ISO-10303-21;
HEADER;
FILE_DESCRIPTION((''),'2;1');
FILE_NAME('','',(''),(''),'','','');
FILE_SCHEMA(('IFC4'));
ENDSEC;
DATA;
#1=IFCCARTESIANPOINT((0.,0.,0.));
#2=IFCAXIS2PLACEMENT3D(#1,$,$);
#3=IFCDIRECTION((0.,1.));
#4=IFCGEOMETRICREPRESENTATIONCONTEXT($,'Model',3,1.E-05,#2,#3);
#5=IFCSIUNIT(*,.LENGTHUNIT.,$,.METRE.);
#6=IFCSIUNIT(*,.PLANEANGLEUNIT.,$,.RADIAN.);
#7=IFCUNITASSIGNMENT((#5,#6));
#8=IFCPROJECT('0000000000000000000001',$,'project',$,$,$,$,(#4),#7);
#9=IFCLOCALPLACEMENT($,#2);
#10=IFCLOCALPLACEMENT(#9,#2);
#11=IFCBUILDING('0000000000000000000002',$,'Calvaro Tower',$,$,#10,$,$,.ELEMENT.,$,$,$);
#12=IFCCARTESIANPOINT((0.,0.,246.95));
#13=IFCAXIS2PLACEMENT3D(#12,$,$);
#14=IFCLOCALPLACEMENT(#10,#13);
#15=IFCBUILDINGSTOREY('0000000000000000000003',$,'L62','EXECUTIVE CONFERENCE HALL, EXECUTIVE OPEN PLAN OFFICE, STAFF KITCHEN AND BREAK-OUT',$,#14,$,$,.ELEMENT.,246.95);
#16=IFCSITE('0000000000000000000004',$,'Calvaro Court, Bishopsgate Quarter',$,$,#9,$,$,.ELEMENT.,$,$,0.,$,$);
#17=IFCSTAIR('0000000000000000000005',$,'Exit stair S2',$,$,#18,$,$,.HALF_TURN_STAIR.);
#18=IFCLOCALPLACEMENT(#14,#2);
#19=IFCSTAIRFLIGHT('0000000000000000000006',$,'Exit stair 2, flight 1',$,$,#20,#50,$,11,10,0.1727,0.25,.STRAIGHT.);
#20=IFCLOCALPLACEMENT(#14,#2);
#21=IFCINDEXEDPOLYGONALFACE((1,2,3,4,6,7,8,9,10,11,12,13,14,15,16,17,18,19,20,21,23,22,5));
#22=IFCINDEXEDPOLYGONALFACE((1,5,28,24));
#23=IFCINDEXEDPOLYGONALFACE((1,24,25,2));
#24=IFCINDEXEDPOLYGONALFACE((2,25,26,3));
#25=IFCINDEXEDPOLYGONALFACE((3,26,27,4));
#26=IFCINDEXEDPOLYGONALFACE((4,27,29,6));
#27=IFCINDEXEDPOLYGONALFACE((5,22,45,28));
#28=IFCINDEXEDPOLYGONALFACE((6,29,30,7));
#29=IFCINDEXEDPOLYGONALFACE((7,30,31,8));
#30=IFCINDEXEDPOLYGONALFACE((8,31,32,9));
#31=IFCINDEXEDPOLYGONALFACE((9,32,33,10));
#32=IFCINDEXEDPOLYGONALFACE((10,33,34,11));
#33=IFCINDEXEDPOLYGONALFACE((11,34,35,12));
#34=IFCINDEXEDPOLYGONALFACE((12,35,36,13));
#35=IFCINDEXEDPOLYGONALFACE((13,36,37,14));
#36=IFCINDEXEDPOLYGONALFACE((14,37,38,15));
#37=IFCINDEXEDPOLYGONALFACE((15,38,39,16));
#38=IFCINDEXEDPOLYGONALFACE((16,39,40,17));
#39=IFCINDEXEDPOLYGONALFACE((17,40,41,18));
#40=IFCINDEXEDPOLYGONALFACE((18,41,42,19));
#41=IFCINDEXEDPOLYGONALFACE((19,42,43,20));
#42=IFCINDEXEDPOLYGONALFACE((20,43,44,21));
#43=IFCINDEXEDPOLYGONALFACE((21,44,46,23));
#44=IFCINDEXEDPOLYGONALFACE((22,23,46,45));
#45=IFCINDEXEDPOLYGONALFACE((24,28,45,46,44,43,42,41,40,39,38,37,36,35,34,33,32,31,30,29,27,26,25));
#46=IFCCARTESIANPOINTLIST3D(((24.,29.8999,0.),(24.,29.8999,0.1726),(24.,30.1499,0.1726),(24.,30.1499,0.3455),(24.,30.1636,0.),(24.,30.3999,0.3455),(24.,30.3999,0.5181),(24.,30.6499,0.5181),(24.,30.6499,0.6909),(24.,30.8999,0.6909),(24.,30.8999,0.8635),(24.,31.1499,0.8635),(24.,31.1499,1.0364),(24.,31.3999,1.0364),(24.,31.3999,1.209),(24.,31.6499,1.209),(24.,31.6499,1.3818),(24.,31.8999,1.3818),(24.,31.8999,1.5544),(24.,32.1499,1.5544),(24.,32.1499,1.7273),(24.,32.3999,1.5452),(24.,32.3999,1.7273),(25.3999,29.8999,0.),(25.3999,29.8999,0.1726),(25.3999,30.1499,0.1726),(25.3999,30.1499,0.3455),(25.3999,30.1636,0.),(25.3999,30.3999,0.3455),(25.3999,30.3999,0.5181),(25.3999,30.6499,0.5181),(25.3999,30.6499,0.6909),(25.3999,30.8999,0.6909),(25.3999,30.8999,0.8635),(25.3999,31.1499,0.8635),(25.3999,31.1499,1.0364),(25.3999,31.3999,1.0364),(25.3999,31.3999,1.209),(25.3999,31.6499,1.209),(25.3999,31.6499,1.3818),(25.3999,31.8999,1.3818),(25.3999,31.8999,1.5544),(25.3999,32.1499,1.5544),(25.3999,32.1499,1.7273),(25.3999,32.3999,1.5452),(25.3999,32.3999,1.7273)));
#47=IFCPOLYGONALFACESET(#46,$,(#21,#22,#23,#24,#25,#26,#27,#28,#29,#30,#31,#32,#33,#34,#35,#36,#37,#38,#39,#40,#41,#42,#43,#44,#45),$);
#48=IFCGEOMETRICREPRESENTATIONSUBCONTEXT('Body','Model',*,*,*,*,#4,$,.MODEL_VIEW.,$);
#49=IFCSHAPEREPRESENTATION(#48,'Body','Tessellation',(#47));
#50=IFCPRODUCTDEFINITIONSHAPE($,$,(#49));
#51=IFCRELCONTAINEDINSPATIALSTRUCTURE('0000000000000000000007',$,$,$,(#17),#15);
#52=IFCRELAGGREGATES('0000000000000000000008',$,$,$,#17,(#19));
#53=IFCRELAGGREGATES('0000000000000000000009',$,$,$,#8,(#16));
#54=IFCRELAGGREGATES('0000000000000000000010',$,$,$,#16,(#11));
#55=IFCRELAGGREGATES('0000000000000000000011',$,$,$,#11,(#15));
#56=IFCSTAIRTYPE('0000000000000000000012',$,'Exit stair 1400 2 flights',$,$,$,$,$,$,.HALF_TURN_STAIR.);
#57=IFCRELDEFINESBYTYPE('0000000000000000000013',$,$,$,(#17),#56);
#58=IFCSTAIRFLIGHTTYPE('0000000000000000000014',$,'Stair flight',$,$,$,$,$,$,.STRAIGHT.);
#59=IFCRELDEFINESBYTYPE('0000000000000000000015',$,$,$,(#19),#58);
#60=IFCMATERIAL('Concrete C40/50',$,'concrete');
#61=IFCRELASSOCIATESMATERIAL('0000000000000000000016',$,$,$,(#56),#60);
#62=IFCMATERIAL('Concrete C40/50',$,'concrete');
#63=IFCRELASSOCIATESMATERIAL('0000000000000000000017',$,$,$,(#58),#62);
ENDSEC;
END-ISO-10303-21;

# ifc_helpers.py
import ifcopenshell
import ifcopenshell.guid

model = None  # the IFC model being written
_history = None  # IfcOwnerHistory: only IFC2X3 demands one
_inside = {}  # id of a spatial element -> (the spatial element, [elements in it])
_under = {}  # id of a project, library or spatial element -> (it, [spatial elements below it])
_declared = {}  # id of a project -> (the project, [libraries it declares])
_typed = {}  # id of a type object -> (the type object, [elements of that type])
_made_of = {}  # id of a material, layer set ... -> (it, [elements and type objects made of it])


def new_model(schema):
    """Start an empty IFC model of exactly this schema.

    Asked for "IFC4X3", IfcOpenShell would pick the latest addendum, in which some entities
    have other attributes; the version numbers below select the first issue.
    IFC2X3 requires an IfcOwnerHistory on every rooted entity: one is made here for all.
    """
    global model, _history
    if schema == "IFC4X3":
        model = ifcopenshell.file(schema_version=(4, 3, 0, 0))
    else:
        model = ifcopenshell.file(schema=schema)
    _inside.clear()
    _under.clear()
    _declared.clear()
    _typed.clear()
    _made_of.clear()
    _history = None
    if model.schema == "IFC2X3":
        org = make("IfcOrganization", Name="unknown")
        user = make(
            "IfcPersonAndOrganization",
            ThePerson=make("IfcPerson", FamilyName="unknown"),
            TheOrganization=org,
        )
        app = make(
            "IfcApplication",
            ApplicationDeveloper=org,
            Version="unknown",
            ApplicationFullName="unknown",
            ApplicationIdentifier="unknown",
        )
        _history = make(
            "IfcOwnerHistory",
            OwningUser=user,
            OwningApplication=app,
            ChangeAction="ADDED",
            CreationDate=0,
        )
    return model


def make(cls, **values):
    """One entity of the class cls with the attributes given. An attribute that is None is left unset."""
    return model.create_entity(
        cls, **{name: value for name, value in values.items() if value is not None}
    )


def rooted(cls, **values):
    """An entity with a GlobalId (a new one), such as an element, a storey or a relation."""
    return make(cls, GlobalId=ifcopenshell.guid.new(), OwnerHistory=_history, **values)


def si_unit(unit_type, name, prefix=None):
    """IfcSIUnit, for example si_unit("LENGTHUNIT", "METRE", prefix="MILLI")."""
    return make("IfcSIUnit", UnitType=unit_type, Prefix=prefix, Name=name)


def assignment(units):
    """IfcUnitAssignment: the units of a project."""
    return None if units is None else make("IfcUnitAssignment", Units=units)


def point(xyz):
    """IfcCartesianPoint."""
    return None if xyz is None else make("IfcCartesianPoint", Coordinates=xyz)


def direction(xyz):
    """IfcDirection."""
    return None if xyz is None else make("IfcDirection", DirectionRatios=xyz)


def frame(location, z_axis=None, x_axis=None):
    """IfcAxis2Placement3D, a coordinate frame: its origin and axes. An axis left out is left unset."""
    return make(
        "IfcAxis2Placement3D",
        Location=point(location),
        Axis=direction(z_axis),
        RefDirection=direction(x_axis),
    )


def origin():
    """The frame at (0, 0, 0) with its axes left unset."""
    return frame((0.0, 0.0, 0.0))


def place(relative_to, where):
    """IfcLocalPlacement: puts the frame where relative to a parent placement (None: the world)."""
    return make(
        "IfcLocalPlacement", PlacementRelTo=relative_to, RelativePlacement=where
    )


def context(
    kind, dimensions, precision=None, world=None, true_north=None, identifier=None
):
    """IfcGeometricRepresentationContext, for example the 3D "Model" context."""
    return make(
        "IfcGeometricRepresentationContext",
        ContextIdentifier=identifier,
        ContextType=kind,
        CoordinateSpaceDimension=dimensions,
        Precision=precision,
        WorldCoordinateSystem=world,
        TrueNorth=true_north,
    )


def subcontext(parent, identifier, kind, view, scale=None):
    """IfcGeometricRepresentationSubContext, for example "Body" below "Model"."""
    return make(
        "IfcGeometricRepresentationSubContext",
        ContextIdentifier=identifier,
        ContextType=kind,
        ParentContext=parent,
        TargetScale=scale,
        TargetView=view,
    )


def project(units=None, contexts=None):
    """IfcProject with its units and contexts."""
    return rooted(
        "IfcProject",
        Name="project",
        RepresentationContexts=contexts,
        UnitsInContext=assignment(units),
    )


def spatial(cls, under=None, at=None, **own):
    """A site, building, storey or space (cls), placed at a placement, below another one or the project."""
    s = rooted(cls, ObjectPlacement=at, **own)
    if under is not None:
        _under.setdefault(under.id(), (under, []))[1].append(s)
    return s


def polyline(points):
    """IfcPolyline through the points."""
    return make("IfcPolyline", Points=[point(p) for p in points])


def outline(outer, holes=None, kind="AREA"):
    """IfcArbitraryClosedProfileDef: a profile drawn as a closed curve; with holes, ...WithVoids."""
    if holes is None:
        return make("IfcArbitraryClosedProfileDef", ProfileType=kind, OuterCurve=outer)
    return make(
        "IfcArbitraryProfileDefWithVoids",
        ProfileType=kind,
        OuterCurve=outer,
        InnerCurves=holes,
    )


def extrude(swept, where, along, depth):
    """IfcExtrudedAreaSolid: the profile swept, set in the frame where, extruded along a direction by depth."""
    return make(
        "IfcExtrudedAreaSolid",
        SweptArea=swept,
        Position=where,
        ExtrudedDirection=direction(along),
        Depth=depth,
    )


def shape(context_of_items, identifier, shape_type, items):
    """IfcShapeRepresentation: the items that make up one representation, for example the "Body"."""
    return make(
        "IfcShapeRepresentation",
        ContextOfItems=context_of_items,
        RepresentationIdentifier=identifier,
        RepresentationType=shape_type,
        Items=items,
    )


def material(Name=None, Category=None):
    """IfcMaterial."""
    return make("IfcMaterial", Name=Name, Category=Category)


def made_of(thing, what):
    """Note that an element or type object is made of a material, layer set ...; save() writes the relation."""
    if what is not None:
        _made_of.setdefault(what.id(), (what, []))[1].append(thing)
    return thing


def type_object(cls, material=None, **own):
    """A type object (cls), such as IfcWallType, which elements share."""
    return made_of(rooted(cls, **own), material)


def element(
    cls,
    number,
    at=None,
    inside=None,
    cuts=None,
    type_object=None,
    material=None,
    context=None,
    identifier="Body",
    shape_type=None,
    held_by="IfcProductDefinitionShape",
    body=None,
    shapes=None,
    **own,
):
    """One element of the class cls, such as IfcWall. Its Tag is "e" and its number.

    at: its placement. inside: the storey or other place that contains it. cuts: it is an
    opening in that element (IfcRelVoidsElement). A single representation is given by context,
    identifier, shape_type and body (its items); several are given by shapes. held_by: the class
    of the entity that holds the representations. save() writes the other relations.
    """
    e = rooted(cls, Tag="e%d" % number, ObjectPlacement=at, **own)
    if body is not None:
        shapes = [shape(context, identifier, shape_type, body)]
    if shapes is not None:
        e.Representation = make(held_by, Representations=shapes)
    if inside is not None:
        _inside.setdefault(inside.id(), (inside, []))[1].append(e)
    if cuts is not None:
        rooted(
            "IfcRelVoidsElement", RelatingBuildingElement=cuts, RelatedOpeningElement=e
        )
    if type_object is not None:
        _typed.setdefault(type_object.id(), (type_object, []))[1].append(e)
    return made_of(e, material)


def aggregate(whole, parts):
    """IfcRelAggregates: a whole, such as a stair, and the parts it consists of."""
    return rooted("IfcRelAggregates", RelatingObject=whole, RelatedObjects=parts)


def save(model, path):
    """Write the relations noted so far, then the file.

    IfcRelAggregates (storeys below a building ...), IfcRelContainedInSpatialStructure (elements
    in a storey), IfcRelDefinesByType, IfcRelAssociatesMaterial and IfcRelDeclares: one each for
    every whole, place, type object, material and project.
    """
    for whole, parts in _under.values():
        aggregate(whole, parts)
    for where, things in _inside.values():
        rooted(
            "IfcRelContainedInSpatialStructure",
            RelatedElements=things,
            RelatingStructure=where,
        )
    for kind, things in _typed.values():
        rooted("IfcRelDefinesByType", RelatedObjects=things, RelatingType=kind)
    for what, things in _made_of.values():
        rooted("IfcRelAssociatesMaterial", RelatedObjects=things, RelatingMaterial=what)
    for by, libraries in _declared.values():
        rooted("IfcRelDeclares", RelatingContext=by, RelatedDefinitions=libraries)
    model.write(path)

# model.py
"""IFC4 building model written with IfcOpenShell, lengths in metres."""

from ifc_helpers import new_model, si_unit, direction, frame, origin, place, context, subcontext, project, spatial, polyline, outline, extrude, material, type_object, element, aggregate, save


model = new_model("IFC4")

# Units and contexts
model_context = context("Model", 3, precision=1e-05, world=origin(), true_north=direction((0.0, 1.0)))
body_context = subcontext(model_context, "Body", "Model", "MODEL_VIEW")
ifc_project = project(units=[si_unit("LENGTHUNIT", "METRE"), si_unit("PLANEANGLEUNIT", "RADIAN")], contexts=[model_context])

# Site, building, storey
site_placement = place(None, origin())
site = spatial("IfcSite", under=ifc_project, at=site_placement, Name="Calvaro Court, Bishopsgate Quarter", CompositionType="ELEMENT", RefElevation=0.0)
building_placement = place(site_placement, origin())
building = spatial("IfcBuilding", under=site, at=building_placement, Name="Calvaro Tower", CompositionType="ELEMENT")
storey_placement = place(building_placement, frame((0.0, 0.0, 246.95)))
storey = spatial("IfcBuildingStorey", under=building, at=storey_placement, Name="L62", Description="EXECUTIVE CONFERENCE HALL, EXECUTIVE OPEN PLAN OFFICE, STAFF KITCHEN AND BREAK-OUT", CompositionType="ELEMENT", Elevation=246.95)

# Stair, stair flight
ifc_material_1 = material(Name="Concrete C40/50", Category="concrete")
stair_type = type_object("IfcStairType", Name="Exit stair 1400 2 flights", PredefinedType="HALF_TURN_STAIR", material=ifc_material_1)
stair_placement = place(storey_placement, origin())
stair = element("IfcStair", 1, at=stair_placement, inside=storey, type_object=stair_type, Name="Exit stair S2", PredefinedType="HALF_TURN_STAIR")
ifc_material_2 = material(Name="Concrete C40/50", Category="concrete")
stair_flight_type = type_object("IfcStairFlightType", Name="Stair flight", PredefinedType="STRAIGHT", material=ifc_material_2)
stair_flight_placement = place(storey_placement, frame((24.7, 29.8999, 0.0), z_axis=(0.0, 0.0, 1.0), x_axis=(0.0, 1.0, 0.0)))
stair_flight = element("IfcStairFlight", 2, at=stair_flight_placement, type_object=stair_flight_type, Name="Exit stair 2, flight 1", NumberOfRisers=11, NumberOfTreads=10, PredefinedType="STRAIGHT", RiserHeight=0.1727, TreadLength=0.25, context=body_context, shape_type="SweptSolid", body=[
    extrude(outline(polyline([(0.0, 0.0), (0.0, 0.1726), (0.25, 0.1726), (0.25, 0.3455), (0.5, 0.3455), (0.5, 0.5181), (0.75, 0.5181), (0.75, 0.6909), (1.0, 0.6909), (1.0, 0.8635), (1.25, 0.8635), (1.25, 1.0364), (1.5, 1.0364), (1.5, 1.209), (1.75, 1.209), (1.75, 1.3818), (2.0, 1.3818), (2.0, 1.5544), (2.25, 1.5544), (2.25, 1.7273), (2.5, 1.7273), (2.5, 1.8999), (2.5, 1.5452), (0.2637, 0.0), (0.0, 0.0)])), frame((0.0, 0.7, 0.0), z_axis=(0.0, -1.0, 0.0), x_axis=(1.0, 0.0, 0.0)), (0.0, 0.0, 1.0), 1.3999),
])
aggregate(stair, [stair_flight])

save(model, "model.ifc")
